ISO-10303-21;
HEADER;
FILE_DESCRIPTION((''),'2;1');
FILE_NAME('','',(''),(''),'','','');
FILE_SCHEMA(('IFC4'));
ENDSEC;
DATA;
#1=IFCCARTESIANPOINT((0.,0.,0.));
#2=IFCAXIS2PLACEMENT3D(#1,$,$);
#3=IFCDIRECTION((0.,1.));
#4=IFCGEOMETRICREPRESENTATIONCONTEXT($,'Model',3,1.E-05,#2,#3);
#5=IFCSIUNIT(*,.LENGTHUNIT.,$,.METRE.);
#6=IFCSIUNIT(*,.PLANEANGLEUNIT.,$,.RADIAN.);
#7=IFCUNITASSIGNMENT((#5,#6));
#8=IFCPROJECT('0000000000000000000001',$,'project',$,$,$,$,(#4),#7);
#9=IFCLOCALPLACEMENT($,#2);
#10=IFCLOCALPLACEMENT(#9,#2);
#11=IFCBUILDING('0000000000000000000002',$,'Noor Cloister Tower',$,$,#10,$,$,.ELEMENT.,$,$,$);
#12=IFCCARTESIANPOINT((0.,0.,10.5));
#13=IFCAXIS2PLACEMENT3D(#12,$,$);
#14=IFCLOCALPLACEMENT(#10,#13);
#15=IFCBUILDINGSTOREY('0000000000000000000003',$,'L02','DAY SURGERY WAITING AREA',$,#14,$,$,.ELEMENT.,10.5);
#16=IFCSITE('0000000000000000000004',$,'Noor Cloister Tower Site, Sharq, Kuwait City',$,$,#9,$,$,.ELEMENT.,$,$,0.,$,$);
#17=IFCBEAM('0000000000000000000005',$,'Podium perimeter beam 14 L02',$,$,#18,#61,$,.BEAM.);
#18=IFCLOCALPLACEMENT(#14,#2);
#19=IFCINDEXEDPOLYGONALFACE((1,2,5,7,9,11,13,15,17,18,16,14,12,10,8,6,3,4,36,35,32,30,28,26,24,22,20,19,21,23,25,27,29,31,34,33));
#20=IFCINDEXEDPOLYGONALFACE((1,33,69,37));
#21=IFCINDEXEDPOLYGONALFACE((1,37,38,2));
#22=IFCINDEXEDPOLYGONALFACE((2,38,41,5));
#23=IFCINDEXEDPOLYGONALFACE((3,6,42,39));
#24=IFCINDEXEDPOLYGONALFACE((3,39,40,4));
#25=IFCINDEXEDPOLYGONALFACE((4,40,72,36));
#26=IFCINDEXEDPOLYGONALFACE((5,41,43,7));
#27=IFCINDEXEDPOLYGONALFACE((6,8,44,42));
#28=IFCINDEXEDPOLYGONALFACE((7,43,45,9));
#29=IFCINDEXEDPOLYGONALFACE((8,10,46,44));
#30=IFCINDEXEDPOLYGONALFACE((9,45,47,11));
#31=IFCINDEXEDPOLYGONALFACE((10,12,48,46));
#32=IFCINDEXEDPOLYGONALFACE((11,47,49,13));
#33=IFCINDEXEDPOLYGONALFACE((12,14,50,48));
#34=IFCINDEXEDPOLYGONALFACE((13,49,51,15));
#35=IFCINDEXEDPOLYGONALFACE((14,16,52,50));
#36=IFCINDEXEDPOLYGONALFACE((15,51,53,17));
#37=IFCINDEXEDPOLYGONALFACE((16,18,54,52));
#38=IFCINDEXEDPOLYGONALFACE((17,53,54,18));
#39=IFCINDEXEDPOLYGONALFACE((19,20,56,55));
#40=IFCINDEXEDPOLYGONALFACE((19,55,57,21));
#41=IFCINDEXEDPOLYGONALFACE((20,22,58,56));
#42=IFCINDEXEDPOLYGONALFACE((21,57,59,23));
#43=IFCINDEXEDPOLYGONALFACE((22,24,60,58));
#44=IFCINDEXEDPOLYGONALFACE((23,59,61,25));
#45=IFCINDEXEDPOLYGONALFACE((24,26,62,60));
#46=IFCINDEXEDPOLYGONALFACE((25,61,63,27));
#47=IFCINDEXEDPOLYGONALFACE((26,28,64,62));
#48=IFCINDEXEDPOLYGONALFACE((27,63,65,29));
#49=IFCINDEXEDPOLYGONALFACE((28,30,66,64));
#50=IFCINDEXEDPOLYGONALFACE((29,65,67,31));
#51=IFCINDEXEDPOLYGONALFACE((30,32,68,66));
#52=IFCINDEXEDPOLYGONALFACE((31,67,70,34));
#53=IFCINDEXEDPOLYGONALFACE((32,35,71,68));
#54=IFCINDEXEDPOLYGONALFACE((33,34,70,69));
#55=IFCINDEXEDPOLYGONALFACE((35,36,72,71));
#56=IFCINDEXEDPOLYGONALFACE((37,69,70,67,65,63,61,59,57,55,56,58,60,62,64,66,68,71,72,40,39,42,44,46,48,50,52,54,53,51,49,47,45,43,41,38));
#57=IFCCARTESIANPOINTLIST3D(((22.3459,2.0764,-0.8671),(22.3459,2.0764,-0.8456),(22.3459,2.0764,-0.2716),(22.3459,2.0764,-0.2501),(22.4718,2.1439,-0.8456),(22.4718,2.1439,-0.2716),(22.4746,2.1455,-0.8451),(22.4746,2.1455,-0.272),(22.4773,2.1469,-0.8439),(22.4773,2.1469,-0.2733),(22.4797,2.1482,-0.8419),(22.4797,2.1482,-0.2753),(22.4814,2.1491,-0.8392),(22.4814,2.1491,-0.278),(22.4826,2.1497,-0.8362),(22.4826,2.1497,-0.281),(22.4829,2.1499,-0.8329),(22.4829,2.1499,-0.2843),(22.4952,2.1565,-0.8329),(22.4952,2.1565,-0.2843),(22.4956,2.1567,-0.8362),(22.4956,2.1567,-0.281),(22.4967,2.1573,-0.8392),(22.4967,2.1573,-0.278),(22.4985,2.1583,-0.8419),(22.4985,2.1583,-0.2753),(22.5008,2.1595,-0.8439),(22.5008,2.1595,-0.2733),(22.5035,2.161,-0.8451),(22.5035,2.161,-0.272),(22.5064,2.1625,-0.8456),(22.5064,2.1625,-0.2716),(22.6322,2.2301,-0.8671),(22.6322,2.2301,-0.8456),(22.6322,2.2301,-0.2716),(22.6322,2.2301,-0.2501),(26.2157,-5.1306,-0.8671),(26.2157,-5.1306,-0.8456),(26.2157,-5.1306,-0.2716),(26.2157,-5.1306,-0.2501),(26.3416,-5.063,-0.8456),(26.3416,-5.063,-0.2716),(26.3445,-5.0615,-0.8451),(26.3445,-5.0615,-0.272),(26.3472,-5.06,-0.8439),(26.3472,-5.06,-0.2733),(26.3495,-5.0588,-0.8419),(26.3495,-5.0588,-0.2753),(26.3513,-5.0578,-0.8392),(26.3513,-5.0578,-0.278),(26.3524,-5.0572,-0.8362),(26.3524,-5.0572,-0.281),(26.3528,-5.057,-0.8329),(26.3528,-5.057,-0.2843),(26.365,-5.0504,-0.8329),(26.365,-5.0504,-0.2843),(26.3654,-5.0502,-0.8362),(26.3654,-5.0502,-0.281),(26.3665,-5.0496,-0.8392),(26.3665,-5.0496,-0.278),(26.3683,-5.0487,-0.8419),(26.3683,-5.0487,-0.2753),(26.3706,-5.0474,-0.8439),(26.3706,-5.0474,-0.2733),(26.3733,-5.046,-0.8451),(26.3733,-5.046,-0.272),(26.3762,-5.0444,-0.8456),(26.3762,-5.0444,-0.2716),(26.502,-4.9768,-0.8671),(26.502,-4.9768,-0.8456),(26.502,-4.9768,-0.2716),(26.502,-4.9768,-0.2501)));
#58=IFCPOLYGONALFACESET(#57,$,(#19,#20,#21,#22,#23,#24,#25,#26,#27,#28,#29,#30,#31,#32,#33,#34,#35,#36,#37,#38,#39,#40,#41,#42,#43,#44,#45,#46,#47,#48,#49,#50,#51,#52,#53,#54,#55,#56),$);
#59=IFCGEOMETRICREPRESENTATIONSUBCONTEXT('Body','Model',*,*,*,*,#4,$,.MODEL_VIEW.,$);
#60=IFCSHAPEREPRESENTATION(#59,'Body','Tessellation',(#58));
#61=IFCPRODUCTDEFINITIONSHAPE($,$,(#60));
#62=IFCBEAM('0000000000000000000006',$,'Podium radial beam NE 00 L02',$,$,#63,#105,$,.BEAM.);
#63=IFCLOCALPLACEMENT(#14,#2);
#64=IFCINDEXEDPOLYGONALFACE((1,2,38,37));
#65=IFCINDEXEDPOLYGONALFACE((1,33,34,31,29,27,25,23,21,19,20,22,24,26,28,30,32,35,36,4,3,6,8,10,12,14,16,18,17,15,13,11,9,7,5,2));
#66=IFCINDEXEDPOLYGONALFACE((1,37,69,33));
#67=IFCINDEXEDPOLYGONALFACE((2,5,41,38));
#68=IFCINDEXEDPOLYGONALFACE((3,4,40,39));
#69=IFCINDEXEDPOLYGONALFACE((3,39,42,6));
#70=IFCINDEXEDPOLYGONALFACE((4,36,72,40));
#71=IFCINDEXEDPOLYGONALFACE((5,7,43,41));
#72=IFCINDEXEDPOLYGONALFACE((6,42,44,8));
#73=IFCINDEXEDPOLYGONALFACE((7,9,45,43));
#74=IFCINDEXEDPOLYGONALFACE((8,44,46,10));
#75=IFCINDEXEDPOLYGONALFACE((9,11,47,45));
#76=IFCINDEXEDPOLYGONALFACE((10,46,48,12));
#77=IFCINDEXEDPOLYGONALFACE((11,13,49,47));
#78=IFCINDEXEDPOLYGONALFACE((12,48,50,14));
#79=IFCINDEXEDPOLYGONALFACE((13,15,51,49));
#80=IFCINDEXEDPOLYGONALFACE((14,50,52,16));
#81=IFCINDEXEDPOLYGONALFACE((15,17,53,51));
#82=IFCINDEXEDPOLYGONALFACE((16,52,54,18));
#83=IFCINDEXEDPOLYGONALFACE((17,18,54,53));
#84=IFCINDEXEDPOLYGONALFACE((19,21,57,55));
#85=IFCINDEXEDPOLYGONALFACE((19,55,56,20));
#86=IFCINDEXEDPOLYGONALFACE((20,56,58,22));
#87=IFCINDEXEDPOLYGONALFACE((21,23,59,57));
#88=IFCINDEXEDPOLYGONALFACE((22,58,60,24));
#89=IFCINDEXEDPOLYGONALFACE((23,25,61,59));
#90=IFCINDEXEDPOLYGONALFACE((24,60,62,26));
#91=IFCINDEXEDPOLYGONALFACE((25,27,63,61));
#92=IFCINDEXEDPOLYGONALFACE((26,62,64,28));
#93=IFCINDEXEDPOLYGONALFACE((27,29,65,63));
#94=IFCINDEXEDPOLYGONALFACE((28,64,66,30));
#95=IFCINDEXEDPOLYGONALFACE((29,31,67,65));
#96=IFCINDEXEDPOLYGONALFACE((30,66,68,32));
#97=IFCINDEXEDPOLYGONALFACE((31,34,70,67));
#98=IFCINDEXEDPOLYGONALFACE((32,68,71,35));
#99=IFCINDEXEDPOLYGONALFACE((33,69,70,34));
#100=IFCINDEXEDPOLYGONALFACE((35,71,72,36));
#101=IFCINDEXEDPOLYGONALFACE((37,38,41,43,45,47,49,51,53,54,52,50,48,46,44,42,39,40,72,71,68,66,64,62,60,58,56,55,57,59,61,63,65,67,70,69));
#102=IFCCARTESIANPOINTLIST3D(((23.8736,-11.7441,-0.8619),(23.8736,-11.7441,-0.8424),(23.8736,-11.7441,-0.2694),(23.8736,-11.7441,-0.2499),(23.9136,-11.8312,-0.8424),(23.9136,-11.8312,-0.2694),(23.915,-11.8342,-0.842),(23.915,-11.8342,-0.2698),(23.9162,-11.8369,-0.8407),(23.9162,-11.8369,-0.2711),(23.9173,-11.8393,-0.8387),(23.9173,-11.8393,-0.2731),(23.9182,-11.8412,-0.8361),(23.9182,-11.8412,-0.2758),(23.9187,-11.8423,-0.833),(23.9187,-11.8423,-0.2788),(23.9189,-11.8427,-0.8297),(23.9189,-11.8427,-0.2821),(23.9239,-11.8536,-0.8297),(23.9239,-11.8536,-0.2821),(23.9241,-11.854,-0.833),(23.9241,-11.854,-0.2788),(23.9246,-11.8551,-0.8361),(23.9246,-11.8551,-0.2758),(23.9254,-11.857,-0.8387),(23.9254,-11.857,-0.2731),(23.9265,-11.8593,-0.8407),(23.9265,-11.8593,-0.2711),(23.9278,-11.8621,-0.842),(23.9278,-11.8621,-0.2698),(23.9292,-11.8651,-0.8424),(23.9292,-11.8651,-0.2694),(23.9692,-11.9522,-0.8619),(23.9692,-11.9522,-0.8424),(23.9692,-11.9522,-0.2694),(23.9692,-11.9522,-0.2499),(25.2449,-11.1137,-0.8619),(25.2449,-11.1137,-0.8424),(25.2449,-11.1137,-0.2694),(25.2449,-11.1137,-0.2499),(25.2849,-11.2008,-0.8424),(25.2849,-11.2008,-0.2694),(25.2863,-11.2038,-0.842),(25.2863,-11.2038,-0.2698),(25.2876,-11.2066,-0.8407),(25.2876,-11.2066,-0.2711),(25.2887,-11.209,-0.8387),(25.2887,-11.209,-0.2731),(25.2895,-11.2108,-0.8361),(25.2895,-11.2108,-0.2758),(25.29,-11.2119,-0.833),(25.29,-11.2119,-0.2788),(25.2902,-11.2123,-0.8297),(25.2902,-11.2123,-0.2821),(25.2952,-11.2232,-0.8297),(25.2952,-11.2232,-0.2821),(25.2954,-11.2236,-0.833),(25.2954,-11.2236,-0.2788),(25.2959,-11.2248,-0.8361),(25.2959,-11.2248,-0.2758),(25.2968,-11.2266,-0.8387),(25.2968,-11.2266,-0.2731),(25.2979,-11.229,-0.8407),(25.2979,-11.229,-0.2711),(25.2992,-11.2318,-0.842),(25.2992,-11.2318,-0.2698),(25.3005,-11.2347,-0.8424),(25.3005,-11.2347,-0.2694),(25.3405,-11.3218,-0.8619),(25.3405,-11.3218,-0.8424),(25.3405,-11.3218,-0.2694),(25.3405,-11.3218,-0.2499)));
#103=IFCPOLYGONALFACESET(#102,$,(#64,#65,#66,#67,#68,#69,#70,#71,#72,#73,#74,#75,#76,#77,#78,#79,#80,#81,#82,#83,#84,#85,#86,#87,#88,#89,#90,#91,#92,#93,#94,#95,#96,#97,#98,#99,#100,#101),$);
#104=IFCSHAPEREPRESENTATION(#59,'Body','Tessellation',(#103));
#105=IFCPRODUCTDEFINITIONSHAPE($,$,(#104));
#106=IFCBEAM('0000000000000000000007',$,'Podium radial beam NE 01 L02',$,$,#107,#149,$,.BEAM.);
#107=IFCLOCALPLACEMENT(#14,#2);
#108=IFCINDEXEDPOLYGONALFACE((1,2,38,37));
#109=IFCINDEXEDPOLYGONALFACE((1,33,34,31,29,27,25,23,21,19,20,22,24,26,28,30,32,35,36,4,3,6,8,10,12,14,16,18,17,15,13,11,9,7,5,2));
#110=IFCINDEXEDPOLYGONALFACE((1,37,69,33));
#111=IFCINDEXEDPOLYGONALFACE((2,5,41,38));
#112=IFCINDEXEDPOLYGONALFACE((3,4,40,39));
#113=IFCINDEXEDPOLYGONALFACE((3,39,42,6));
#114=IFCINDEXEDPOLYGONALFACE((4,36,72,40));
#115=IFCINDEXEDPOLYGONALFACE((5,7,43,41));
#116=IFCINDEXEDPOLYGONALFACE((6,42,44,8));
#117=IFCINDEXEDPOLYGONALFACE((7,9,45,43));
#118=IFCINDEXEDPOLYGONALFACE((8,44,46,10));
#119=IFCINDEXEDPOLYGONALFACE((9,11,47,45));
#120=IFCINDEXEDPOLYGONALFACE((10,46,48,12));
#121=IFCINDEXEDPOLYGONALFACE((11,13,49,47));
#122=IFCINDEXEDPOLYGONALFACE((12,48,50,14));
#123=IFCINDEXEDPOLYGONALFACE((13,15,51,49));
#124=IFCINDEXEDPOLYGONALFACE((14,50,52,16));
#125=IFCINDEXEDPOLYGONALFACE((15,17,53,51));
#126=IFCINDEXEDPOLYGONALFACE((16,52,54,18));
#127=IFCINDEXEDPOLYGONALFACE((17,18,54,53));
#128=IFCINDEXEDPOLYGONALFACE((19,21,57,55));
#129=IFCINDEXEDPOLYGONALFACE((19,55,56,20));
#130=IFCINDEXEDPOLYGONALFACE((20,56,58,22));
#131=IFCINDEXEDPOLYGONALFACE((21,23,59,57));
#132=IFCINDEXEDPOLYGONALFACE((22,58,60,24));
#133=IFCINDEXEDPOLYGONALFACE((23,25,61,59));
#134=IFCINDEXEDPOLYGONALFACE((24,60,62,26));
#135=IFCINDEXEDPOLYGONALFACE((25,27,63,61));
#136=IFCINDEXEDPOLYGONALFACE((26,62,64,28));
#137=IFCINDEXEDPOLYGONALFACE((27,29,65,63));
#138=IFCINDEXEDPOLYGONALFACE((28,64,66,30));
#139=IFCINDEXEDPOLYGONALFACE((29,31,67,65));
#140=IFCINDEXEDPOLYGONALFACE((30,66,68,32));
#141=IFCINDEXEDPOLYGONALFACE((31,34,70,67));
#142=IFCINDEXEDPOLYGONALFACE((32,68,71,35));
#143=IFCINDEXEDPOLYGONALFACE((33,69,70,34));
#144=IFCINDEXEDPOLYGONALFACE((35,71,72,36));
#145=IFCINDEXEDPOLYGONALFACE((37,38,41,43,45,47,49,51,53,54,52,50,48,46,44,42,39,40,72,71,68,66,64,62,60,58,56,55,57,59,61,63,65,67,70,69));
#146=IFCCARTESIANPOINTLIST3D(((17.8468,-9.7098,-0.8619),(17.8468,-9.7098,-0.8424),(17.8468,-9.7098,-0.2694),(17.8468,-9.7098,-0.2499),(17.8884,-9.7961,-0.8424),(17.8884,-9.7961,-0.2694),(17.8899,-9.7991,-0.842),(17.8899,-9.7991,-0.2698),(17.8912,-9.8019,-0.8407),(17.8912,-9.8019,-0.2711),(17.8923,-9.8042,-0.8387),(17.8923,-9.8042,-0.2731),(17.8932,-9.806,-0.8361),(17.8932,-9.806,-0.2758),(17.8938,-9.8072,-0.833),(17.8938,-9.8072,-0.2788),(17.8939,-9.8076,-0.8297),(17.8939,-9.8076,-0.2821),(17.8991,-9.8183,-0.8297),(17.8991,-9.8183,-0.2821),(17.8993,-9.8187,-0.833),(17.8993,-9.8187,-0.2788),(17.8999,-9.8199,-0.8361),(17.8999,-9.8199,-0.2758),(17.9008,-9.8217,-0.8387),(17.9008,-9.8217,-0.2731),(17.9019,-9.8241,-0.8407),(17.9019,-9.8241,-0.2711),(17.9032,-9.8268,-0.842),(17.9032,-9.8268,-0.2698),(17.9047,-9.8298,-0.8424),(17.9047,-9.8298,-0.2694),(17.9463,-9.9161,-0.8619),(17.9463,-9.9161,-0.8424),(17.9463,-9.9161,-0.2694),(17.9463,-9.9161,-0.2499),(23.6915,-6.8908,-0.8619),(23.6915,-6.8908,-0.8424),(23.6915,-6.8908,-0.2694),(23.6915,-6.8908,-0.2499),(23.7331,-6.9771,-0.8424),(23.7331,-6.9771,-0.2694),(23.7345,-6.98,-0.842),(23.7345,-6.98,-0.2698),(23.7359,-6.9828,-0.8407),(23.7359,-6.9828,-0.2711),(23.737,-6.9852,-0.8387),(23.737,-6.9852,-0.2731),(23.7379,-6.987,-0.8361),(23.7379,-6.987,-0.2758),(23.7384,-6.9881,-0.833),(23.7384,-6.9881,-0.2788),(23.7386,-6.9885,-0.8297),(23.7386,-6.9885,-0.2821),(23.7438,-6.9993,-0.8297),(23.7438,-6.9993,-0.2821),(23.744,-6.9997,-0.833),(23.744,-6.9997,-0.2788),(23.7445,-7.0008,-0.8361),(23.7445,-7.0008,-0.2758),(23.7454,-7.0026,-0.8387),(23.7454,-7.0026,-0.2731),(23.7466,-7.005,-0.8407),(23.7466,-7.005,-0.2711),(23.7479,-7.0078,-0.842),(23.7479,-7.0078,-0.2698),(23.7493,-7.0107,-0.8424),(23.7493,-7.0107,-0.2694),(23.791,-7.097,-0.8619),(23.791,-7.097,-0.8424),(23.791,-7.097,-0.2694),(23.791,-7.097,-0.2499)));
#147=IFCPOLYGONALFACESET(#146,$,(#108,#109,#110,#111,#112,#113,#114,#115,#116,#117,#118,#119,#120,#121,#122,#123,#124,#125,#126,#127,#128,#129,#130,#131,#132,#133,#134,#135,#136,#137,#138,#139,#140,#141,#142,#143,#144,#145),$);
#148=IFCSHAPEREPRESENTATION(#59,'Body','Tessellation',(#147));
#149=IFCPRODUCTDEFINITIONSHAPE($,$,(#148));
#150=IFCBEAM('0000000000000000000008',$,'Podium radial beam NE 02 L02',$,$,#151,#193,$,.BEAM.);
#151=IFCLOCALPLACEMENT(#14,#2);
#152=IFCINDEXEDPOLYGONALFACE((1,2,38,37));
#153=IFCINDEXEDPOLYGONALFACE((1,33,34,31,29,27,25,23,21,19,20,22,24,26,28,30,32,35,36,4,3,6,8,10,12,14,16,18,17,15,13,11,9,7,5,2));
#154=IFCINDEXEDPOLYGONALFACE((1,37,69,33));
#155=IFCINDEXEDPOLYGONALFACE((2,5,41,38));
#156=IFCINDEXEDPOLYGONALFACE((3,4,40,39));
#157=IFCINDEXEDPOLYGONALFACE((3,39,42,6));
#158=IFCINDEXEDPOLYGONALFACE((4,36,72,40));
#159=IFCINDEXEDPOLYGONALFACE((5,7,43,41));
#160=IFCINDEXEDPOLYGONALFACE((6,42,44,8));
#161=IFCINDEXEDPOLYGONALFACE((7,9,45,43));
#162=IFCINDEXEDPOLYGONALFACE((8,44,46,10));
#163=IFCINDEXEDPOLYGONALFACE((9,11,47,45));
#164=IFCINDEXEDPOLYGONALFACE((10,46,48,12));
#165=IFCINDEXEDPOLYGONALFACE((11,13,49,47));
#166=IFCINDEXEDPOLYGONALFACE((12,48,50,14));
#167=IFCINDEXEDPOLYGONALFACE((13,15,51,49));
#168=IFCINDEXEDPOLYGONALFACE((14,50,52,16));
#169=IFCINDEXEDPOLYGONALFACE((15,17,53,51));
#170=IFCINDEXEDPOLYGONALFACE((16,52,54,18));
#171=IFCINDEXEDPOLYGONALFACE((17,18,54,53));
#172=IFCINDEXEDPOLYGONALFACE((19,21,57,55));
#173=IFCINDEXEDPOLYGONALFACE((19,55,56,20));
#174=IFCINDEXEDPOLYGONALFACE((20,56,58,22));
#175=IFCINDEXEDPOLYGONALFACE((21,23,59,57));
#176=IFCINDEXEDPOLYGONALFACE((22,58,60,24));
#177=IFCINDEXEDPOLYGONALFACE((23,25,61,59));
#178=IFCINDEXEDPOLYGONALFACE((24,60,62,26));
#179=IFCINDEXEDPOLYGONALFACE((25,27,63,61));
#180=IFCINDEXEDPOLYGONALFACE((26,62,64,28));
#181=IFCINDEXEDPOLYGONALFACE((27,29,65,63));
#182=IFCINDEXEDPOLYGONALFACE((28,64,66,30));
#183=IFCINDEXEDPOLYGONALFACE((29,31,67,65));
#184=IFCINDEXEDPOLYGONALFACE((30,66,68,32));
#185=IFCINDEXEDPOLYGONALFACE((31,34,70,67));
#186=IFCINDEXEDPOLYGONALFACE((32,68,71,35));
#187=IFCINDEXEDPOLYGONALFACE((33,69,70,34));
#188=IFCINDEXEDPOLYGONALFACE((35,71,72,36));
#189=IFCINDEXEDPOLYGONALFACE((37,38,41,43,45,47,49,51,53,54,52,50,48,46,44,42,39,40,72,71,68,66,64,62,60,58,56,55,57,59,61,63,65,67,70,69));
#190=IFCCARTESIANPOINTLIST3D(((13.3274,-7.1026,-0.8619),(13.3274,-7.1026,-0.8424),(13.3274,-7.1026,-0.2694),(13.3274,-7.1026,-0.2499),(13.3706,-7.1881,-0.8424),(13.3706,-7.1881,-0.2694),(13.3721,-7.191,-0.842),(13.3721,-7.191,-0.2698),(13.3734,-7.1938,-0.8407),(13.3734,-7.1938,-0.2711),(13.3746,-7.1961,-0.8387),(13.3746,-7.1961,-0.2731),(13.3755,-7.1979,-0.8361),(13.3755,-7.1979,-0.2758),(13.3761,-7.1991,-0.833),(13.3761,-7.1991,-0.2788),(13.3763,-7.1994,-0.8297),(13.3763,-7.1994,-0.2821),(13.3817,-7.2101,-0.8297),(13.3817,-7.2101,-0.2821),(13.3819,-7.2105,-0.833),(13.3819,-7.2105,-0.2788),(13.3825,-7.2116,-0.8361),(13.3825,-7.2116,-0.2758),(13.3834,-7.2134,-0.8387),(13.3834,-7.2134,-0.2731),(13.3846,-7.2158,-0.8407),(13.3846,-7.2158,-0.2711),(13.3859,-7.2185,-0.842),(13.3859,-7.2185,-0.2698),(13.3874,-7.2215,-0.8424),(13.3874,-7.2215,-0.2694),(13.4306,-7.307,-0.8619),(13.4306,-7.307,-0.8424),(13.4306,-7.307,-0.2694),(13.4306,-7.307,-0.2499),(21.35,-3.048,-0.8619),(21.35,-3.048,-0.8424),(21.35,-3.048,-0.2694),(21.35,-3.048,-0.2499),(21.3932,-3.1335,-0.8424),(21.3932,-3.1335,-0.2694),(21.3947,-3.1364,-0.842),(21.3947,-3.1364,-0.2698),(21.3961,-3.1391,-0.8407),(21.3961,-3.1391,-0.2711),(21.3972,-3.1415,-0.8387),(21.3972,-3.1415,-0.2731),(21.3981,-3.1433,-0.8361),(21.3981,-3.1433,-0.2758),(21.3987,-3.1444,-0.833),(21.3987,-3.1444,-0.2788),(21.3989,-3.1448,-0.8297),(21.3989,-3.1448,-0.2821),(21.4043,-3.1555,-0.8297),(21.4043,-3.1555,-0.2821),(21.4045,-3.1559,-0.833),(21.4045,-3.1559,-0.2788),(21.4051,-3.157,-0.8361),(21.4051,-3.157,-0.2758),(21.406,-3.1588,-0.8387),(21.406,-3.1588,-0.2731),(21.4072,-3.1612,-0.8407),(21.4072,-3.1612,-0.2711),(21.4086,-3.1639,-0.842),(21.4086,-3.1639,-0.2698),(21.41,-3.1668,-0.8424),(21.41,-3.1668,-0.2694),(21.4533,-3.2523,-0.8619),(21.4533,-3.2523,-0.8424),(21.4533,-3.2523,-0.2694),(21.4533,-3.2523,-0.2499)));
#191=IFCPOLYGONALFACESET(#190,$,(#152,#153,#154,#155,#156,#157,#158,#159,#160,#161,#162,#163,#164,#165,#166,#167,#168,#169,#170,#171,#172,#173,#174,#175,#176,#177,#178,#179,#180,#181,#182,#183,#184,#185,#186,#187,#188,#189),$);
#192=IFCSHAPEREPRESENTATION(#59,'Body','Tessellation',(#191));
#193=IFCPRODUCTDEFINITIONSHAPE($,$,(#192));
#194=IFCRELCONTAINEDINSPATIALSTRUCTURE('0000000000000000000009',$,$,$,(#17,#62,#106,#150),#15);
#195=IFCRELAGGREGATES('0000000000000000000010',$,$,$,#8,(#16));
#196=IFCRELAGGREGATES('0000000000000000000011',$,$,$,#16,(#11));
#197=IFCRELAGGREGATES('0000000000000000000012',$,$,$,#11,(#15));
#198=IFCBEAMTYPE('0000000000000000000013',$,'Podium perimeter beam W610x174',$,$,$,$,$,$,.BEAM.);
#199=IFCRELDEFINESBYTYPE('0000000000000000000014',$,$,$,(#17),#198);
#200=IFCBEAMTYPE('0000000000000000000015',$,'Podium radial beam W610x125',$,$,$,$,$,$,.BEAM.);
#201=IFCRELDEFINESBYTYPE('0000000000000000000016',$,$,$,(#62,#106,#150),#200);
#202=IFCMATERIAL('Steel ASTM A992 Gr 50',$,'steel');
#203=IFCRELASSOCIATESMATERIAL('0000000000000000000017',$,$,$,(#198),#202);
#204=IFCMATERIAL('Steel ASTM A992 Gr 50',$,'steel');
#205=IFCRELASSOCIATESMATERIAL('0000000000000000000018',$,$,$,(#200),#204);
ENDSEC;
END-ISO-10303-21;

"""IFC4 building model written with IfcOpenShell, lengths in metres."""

from ifc_helpers import new_model, si_unit, direction, frame, origin, origin_2d, place, context, subcontext, project, spatial, i_section, extrude, material, material_profile, profile_set, type_object, element, save


model = new_model("IFC4")

# Units and contexts
model_context = context("Model", 3, precision=1e-05, world=origin(), true_north=direction((0.0, 1.0)))
body_context = subcontext(model_context, "Body", "Model", "MODEL_VIEW")
ifc_project = project(units=[si_unit("LENGTHUNIT", "METRE"), si_unit("PLANEANGLEUNIT", "RADIAN")], contexts=[model_context])

# Site, building, storey
site_placement = place(None, origin())
site = spatial("IfcSite", under=ifc_project, at=site_placement, Name="Noor Cloister Tower Site, Sharq, Kuwait City", CompositionType="ELEMENT", RefElevation=0.0)
building_placement = place(site_placement, origin())
building = spatial("IfcBuilding", under=site, at=building_placement, Name="Noor Cloister Tower", CompositionType="ELEMENT")
storey_placement = place(building_placement, frame((0.0, 0.0, 10.5)))
storey = spatial("IfcBuildingStorey", under=building, at=storey_placement, Name="L02", Description="DAY SURGERY WAITING AREA", CompositionType="ELEMENT", Elevation=10.5)

# Beams
ifc_material_1 = material(Name="Steel ASTM A992 Gr 50", Category="steel")
ifc_material_profile_1 = material_profile(ifc_material_1, i_section(OverallWidth=0.325, OverallDepth=0.6169, WebThickness=0.0139, FlangeThickness=0.0215, FilletRadius=0.0127, at=origin_2d()), Name="W610x174")
ifc_profile_set_1 = profile_set([ifc_material_profile_1], Name="Steel ASTM A992 Gr 50")
beam_type_1 = type_object("IfcBeamType", Name="Podium perimeter beam W610x174", PredefinedType="BEAM", material=ifc_profile_set_1)
beam_1_placement = place(storey_placement, frame((26.3589, -5.0537, -0.5586), z_axis=(-0.473073, 0.881023, 0.0), x_axis=(-0.881023, -0.473073, 0.0)))
element("IfcBeam", 1, at=beam_1_placement, inside=storey, type_object=beam_type_1, Name="Podium perimeter beam 14 L02", PredefinedType="BEAM", context=body_context, shape_type="SweptSolid", body=[
    extrude(i_section(OverallWidth=0.325, OverallDepth=0.6169, WebThickness=0.0139, FlangeThickness=0.0215, FilletRadius=0.0127, at=origin_2d()), origin(), (0.0, 0.0, 1.0), 8.1802),
])
ifc_material_2 = material(Name="Steel ASTM A992 Gr 50", Category="steel")
ifc_material_profile_2 = material_profile(ifc_material_2, i_section(OverallWidth=0.229, OverallDepth=0.6121, WebThickness=0.012, FlangeThickness=0.0195, FilletRadius=0.0127, at=origin_2d()), Name="W610x125")
ifc_profile_set_2 = profile_set([ifc_material_profile_2], Name="Steel ASTM A992 Gr 50")
beam_type_2 = type_object("IfcBeamType", Name="Podium radial beam W610x125", PredefinedType="BEAM", material=ifc_profile_set_2)
beam_2_placement = place(storey_placement, frame((25.2927, -11.2178, -0.5559), z_axis=(-0.908602, -0.417663, 0.0), x_axis=(0.417663, -0.908602, 0.0)))
element("IfcBeam", 2, at=beam_2_placement, inside=storey, type_object=beam_type_2, Name="Podium radial beam NE 00 L02", PredefinedType="BEAM", context=body_context, shape_type="SweptSolid", body=[
    extrude(i_section(OverallWidth=0.229, OverallDepth=0.6121, WebThickness=0.012, FlangeThickness=0.0195, FilletRadius=0.0127, at=origin_2d()), origin(), (0.0, 0.0, 1.0), 1.5093),
])
beam_3_placement = place(storey_placement, frame((23.7412, -6.9939, -0.5559), z_axis=(-0.900702, -0.434437, 0.0), x_axis=(0.434437, -0.900702, 0.0)))
element("IfcBeam", 3, at=beam_3_placement, inside=storey, type_object=beam_type_2, Name="Podium radial beam NE 01 L02", PredefinedType="BEAM", context=body_context, shape_type="SweptSolid", body=[
    extrude(i_section(OverallWidth=0.229, OverallDepth=0.6121, WebThickness=0.012, FlangeThickness=0.0195, FilletRadius=0.0127, at=origin_2d()), origin(), (0.0, 0.0, 1.0), 6.489),
])
beam_4_placement = place(storey_placement, frame((21.4016, -3.1501, -0.5559), z_axis=(-0.892491, -0.451066, 0.0), x_axis=(0.451066, -0.892491, 0.0)))
element("IfcBeam", 4, at=beam_4_placement, inside=storey, type_object=beam_type_2, Name="Podium radial beam NE 02 L02", PredefinedType="BEAM", context=body_context, shape_type="SweptSolid", body=[
    extrude(i_section(OverallWidth=0.229, OverallDepth=0.6121, WebThickness=0.012, FlangeThickness=0.0195, FilletRadius=0.0127, at=origin_2d()), origin(), (0.0, 0.0, 1.0), 8.989),
])

save(model, "model.ifc")
